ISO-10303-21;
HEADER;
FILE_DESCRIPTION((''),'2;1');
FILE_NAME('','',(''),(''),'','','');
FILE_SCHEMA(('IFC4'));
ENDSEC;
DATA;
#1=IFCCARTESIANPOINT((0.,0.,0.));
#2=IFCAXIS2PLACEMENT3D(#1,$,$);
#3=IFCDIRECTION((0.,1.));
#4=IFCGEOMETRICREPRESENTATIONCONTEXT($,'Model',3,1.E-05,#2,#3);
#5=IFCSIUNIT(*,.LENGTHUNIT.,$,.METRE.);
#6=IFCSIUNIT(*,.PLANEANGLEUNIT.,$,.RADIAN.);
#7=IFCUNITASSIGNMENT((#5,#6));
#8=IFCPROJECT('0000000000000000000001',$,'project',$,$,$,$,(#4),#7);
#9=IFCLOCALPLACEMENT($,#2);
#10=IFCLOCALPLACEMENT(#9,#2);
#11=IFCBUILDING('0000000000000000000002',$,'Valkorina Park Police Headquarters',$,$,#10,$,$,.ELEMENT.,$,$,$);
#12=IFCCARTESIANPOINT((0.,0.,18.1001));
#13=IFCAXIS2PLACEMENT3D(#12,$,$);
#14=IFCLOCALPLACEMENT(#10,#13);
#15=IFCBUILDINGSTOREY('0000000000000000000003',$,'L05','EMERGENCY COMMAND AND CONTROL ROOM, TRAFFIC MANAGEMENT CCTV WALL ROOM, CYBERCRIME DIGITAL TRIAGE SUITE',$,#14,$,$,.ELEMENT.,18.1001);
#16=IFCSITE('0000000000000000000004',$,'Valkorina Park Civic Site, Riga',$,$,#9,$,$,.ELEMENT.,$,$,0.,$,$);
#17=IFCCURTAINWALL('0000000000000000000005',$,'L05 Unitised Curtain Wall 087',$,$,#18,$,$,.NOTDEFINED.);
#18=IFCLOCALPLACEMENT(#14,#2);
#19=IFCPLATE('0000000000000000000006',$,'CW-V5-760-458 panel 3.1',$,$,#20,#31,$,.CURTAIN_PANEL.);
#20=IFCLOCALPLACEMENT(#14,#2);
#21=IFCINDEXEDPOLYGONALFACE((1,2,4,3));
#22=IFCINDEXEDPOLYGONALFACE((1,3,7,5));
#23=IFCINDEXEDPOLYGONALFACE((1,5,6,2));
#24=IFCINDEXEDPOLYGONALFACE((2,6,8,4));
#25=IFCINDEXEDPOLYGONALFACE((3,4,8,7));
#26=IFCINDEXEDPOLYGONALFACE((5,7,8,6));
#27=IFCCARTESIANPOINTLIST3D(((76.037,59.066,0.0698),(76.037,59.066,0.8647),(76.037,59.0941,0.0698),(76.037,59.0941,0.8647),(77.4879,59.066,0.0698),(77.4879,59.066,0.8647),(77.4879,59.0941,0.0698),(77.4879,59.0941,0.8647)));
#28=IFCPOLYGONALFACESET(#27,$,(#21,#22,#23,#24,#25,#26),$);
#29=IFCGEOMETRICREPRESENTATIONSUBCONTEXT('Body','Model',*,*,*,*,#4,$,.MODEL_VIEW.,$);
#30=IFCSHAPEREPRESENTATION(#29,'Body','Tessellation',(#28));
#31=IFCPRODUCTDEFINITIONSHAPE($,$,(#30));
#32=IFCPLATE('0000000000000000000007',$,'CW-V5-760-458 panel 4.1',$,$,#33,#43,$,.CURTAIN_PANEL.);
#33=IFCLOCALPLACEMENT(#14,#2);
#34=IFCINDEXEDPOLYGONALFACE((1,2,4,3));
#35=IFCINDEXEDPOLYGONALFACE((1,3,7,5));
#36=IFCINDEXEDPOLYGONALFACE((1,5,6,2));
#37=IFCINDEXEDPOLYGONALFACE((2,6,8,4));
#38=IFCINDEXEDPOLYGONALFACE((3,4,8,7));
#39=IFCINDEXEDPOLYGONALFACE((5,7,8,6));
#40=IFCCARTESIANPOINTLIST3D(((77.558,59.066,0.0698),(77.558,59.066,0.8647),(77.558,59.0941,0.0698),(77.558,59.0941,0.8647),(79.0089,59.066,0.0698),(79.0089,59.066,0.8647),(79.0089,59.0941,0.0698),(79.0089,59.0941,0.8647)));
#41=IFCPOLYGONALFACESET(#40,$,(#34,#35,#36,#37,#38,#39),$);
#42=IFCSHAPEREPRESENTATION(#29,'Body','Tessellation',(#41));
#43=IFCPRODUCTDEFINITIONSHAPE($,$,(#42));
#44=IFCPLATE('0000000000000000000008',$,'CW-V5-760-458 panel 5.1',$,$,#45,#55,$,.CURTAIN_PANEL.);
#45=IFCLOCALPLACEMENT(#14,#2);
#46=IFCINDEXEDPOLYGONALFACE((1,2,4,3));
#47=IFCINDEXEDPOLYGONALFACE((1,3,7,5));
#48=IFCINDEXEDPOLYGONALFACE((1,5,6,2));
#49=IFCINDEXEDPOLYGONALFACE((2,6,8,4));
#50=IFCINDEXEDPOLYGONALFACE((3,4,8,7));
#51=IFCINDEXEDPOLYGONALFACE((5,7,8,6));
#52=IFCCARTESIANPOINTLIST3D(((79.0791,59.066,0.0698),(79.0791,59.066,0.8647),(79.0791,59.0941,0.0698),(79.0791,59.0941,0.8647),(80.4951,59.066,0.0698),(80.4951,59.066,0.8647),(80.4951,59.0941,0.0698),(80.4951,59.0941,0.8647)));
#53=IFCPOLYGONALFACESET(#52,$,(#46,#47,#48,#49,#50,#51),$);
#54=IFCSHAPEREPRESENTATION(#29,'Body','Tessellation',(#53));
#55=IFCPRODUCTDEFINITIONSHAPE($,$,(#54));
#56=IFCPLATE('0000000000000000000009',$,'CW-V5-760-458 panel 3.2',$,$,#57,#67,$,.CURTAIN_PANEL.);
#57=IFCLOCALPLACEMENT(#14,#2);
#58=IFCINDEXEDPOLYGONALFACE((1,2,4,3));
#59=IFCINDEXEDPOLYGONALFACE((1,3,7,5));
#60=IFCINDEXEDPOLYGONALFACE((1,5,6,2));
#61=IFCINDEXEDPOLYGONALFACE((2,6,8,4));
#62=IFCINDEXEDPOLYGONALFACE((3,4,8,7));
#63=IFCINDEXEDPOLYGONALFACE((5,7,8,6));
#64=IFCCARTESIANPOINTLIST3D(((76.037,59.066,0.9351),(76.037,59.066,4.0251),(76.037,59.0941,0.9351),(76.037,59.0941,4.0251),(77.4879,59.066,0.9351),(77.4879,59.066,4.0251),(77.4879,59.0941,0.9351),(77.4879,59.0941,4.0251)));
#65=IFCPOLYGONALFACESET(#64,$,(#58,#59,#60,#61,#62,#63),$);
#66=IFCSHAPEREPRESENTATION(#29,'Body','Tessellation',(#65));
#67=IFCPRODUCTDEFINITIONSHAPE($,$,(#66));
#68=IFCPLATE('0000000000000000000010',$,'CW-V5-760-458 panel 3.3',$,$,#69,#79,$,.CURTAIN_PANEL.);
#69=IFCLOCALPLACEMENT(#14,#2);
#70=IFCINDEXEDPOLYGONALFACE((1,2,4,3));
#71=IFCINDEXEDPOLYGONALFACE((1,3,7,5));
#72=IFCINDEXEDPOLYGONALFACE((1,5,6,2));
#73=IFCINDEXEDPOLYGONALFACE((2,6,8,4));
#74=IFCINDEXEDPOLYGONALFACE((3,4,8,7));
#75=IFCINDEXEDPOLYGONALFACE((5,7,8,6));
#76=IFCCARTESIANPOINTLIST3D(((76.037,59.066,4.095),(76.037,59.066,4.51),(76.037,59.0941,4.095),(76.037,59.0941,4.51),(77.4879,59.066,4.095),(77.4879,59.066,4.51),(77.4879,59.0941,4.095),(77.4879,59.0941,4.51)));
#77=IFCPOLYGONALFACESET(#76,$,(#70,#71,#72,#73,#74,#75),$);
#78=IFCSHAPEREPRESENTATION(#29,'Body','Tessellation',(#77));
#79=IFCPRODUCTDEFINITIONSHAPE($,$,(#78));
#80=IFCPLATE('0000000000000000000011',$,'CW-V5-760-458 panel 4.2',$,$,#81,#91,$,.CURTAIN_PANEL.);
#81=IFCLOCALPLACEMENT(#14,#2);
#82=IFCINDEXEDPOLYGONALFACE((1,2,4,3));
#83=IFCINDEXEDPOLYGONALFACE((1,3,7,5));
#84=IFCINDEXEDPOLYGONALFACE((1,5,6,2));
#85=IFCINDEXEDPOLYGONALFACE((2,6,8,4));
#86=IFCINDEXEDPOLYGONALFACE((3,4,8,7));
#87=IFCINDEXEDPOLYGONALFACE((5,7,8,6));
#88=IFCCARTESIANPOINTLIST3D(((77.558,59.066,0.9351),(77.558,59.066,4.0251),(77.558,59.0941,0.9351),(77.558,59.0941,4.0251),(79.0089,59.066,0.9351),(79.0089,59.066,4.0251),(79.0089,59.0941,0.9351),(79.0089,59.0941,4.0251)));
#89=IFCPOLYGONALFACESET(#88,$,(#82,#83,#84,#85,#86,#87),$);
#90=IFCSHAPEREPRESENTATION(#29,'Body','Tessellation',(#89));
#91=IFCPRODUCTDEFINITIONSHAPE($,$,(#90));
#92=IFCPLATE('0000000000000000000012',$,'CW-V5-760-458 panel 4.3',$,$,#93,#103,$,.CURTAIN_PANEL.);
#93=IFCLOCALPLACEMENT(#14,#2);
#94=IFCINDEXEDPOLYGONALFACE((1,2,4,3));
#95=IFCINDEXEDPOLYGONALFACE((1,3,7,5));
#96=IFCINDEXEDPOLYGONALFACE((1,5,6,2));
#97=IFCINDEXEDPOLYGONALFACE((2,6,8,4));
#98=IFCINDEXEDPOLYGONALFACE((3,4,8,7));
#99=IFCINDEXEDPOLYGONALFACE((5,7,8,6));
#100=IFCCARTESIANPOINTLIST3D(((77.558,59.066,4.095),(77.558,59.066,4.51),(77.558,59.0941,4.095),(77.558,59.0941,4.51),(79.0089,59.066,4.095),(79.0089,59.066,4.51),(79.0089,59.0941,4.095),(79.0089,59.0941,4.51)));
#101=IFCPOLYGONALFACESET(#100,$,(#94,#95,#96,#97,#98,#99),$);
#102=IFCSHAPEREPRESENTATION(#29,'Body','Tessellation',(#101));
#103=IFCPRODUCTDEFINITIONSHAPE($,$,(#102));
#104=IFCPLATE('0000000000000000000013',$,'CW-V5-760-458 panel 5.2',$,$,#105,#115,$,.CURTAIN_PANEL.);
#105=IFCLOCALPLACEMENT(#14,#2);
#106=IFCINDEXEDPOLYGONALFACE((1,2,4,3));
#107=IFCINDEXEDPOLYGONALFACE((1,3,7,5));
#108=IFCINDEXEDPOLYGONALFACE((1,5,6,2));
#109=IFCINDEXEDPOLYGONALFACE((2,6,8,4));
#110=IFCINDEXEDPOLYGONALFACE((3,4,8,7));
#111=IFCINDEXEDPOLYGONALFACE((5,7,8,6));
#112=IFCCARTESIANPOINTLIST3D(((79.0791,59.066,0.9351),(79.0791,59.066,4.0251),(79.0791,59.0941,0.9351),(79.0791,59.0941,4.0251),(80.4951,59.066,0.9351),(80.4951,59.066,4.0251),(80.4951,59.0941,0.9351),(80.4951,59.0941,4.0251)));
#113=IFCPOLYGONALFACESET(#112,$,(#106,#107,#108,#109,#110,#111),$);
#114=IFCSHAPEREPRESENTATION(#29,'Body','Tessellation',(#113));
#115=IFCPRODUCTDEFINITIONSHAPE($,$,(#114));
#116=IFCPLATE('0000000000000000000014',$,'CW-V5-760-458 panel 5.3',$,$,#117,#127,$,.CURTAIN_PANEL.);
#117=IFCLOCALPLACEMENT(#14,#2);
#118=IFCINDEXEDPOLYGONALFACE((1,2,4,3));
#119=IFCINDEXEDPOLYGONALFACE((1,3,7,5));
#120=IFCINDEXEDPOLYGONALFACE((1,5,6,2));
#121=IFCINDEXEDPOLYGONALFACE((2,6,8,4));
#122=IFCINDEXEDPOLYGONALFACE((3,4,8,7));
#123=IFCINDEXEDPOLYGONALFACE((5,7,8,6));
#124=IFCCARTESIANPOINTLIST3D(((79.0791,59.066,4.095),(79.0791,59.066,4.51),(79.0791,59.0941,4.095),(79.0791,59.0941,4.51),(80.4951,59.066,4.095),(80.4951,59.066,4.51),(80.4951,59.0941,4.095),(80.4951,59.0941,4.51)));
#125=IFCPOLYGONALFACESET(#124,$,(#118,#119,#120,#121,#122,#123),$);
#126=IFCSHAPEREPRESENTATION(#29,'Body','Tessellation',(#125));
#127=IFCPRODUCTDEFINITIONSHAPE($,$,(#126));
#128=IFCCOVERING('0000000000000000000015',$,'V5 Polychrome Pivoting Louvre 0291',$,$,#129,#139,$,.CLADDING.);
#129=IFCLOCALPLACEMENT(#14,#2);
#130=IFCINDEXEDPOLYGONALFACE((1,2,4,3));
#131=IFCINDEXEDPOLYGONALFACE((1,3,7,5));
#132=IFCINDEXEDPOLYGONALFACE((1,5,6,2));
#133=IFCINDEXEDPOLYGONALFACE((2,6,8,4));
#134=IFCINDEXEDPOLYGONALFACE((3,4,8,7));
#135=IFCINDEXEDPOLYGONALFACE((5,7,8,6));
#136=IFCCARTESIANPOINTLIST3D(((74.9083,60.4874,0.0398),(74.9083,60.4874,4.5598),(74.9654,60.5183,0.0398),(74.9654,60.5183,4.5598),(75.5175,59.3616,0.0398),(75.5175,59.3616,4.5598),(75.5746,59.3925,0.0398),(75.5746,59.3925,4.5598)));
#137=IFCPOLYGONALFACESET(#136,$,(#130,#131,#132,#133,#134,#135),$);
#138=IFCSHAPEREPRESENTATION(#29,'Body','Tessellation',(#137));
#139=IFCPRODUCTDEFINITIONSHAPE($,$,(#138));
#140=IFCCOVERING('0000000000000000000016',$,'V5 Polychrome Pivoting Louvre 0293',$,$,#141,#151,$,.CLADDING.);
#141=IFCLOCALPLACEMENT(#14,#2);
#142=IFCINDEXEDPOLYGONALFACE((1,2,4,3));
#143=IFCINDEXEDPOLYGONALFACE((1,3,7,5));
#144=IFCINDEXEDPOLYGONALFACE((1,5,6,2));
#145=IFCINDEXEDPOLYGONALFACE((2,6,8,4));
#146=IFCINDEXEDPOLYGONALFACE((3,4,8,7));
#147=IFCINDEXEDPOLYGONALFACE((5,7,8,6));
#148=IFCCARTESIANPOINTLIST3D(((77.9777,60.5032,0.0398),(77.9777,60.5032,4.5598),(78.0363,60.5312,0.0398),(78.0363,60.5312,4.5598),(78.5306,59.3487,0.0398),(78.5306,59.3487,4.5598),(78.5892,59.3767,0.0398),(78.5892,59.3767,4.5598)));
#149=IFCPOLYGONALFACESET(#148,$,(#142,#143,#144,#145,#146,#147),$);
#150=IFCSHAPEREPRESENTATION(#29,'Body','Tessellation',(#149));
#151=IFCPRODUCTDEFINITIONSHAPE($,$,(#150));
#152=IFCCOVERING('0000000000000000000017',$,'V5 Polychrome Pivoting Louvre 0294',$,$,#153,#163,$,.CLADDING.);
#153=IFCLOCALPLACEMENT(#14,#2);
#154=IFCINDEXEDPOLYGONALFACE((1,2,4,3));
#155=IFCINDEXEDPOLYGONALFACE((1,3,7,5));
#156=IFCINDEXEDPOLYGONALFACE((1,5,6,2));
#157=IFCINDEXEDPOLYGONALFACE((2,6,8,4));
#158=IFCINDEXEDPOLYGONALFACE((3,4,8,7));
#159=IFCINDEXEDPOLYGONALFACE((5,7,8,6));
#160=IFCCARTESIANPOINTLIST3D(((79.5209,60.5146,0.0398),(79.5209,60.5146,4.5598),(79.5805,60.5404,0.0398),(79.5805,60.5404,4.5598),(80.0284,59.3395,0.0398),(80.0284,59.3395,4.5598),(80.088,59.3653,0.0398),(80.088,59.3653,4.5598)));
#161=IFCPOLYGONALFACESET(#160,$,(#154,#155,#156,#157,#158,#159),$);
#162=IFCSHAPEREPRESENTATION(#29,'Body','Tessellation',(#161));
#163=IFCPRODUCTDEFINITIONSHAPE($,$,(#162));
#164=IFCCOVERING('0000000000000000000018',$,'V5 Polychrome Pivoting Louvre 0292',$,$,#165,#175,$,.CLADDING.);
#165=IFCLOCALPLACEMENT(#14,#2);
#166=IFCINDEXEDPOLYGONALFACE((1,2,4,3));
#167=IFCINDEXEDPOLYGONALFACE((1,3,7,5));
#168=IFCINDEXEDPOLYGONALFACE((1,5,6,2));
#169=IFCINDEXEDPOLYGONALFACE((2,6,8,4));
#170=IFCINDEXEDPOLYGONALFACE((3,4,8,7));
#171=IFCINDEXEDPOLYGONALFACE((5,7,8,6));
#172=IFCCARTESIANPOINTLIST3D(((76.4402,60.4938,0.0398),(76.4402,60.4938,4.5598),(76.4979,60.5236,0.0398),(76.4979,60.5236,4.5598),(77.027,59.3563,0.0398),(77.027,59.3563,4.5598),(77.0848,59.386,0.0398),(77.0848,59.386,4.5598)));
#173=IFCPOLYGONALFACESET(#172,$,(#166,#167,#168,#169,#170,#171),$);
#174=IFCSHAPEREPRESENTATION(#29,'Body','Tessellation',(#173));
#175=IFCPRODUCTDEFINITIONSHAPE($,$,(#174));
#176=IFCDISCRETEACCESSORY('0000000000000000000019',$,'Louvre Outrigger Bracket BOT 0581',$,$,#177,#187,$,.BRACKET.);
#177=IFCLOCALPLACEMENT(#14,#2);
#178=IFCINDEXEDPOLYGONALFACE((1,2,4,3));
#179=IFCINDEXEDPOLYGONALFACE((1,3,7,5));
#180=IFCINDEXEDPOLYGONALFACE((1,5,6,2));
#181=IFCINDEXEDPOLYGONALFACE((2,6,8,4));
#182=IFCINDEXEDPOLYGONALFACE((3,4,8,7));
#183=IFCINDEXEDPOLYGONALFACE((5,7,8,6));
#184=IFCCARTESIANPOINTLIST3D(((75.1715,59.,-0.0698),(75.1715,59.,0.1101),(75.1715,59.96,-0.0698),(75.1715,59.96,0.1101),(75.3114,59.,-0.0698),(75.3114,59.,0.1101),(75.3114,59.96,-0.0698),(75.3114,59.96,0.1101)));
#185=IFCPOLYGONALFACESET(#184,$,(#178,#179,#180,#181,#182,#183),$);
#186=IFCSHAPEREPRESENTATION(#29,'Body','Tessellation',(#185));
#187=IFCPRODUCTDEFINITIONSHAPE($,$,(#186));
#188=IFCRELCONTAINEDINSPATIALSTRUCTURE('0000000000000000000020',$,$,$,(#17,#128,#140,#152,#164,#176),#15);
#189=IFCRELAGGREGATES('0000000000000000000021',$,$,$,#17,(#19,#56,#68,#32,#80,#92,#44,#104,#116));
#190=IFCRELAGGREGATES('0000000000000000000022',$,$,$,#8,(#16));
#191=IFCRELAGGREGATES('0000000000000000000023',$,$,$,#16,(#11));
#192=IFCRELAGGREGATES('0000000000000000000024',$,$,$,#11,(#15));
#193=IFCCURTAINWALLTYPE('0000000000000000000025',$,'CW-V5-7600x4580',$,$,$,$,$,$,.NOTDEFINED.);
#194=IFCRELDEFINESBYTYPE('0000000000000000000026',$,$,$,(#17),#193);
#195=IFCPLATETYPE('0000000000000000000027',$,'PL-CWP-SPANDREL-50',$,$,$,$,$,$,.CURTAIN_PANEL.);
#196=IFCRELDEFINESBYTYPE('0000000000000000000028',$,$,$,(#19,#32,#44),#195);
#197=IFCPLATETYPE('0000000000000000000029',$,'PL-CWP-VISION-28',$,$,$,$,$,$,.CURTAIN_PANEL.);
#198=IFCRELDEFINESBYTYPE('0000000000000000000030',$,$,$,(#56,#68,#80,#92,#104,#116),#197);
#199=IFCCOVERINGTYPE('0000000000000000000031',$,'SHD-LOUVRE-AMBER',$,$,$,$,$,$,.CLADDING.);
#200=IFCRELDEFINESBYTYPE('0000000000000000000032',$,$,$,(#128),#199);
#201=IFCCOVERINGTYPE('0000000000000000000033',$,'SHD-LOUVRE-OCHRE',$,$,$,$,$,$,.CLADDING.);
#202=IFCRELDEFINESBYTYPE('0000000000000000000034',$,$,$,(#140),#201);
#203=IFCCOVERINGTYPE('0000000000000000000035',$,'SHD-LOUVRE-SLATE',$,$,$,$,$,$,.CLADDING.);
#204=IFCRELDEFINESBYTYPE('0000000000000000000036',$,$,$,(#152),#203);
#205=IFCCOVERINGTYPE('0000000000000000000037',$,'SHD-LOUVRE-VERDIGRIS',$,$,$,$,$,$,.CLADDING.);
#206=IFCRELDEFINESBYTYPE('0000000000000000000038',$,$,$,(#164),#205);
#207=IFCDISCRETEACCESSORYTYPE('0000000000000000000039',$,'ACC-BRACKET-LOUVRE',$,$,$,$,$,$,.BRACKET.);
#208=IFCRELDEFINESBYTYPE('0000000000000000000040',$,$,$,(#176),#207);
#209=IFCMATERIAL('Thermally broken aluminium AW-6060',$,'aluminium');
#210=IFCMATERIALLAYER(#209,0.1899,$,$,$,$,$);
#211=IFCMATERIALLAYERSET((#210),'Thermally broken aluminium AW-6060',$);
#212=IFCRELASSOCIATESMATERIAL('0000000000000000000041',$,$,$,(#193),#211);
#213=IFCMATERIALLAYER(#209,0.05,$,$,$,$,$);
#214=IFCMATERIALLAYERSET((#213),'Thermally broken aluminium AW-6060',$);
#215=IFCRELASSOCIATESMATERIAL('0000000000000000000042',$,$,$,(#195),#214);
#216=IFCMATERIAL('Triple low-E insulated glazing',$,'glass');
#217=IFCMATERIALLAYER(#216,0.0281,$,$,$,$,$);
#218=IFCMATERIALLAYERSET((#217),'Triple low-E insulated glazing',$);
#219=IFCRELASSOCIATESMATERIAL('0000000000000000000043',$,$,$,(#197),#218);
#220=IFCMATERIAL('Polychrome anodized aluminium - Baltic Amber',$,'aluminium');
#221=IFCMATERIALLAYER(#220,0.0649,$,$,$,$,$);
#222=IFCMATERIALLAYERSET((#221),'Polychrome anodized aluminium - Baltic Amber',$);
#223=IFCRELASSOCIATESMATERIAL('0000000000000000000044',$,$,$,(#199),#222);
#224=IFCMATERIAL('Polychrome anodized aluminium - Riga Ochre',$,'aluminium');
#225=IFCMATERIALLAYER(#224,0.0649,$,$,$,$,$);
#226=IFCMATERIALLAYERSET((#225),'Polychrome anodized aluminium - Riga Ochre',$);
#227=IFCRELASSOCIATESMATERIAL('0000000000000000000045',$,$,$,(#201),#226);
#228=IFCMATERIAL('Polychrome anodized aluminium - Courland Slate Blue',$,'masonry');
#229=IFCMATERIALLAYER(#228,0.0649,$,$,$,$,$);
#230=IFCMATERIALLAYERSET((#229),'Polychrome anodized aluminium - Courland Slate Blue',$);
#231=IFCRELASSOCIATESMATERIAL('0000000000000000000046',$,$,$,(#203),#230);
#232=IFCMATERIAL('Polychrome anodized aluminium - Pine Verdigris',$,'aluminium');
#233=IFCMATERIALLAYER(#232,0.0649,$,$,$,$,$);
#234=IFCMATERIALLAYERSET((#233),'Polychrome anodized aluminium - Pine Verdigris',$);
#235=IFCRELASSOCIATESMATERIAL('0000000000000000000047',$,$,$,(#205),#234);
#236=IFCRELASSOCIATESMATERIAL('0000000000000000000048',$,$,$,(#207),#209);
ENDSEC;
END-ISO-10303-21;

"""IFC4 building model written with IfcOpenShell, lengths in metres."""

from ifc_helpers import new_model, si_unit, direction, frame, origin, origin_2d, place, context, subcontext, project, spatial, rectangle, extrude, material, layer, layer_set, type_object, element, aggregate, save


model = new_model("IFC4")

# Units and contexts
model_context = context("Model", 3, precision=1e-05, world=origin(), true_north=direction((0.0, 1.0)))
body_context = subcontext(model_context, "Body", "Model", "MODEL_VIEW")
ifc_project = project(units=[si_unit("LENGTHUNIT", "METRE"), si_unit("PLANEANGLEUNIT", "RADIAN")], contexts=[model_context])

# Site, building, storey
site_placement = place(None, origin())
site = spatial("IfcSite", under=ifc_project, at=site_placement, Name="Valkorina Park Civic Site, Riga", CompositionType="ELEMENT", RefElevation=0.0)
building_placement = place(site_placement, origin())
building = spatial("IfcBuilding", under=site, at=building_placement, Name="Valkorina Park Police Headquarters", CompositionType="ELEMENT")
storey_placement = place(building_placement, frame((0.0, 0.0, 18.1001)))
storey = spatial("IfcBuildingStorey", under=building, at=storey_placement, Name="L05", Description="EMERGENCY COMMAND AND CONTROL ROOM, TRAFFIC MANAGEMENT CCTV WALL ROOM, CYBERCRIME DIGITAL TRIAGE SUITE", CompositionType="ELEMENT", Elevation=18.1001)

# Curtain wall, plates
ifc_material_1 = material(Name="Thermally broken aluminium AW-6060", Category="aluminium")
ifc_layer_1 = layer(ifc_material_1, 0.1899)
ifc_layer_set_1 = layer_set([ifc_layer_1], Name="Thermally broken aluminium AW-6060")
curtain_wall_type = type_object("IfcCurtainWallType", Name="CW-V5-7600x4580", PredefinedType="NOTDEFINED", material=ifc_layer_set_1)
curtain_wall_placement = place(storey_placement, origin())
curtain_wall = element("IfcCurtainWall", 1, at=curtain_wall_placement, inside=storey, type_object=curtain_wall_type, Name="L05 Unitised Curtain Wall 087", PredefinedType="NOTDEFINED")
ifc_layer_2 = layer(ifc_material_1, 0.05)
ifc_layer_set_2 = layer_set([ifc_layer_2], Name="Thermally broken aluminium AW-6060")
plate_type_1 = type_object("IfcPlateType", Name="PL-CWP-SPANDREL-50", PredefinedType="CURTAIN_PANEL", material=ifc_layer_set_2)
plate_1_placement = place(storey_placement, frame((76.7625, 59.0801, 0.0698), z_axis=(0.0, 0.0, 1.0), x_axis=(1.0, 0.0, 0.0)))
plate_1 = element("IfcPlate", 2, at=plate_1_placement, type_object=plate_type_1, Name="CW-V5-760-458 panel 3.1", PredefinedType="CURTAIN_PANEL", context=body_context, shape_type="SweptSolid", body=[
    extrude(rectangle(XDim=1.4509, YDim=0.0281, at=origin_2d()), origin(), (0.0, 0.0, 1.0), 0.7949),
])
plate_2_placement = place(storey_placement, frame((78.2834, 59.0801, 0.0698), z_axis=(0.0, 0.0, 1.0), x_axis=(1.0, 0.0, 0.0)))
plate_2 = element("IfcPlate", 3, at=plate_2_placement, type_object=plate_type_1, Name="CW-V5-760-458 panel 4.1", PredefinedType="CURTAIN_PANEL", context=body_context, shape_type="SweptSolid", body=[
    extrude(rectangle(XDim=1.4509, YDim=0.0281, at=origin_2d()), origin(), (0.0, 0.0, 1.0), 0.7949),
])
plate_3_placement = place(storey_placement, frame((79.7871, 59.0801, 0.0698), z_axis=(0.0, 0.0, 1.0), x_axis=(1.0, 0.0, 0.0)))
plate_3 = element("IfcPlate", 4, at=plate_3_placement, type_object=plate_type_1, Name="CW-V5-760-458 panel 5.1", PredefinedType="CURTAIN_PANEL", context=body_context, shape_type="SweptSolid", body=[
    extrude(rectangle(XDim=1.416, YDim=0.0281, at=origin_2d()), origin(), (0.0, 0.0, 1.0), 0.7949),
])
ifc_material_2 = material(Name="Triple low-E insulated glazing", Category="glass")
ifc_layer_3 = layer(ifc_material_2, 0.0281)
ifc_layer_set_3 = layer_set([ifc_layer_3], Name="Triple low-E insulated glazing")
plate_type_2 = type_object("IfcPlateType", Name="PL-CWP-VISION-28", PredefinedType="CURTAIN_PANEL", material=ifc_layer_set_3)
plate_4_placement = place(storey_placement, frame((76.7625, 59.0801, 0.9351), z_axis=(0.0, 0.0, 1.0), x_axis=(1.0, 0.0, 0.0)))
plate_4 = element("IfcPlate", 5, at=plate_4_placement, type_object=plate_type_2, Name="CW-V5-760-458 panel 3.2", PredefinedType="CURTAIN_PANEL", context=body_context, shape_type="SweptSolid", body=[
    extrude(rectangle(XDim=1.4509, YDim=0.0281, at=origin_2d()), origin(), (0.0, 0.0, 1.0), 3.0901),
])
plate_5_placement = place(storey_placement, frame((76.7625, 59.0801, 4.095), z_axis=(0.0, 0.0, 1.0), x_axis=(1.0, 0.0, 0.0)))
plate_5 = element("IfcPlate", 6, at=plate_5_placement, type_object=plate_type_2, Name="CW-V5-760-458 panel 3.3", PredefinedType="CURTAIN_PANEL", context=body_context, shape_type="SweptSolid", body=[
    extrude(rectangle(XDim=1.4509, YDim=0.0281, at=origin_2d()), origin(), (0.0, 0.0, 1.0), 0.415),
])
plate_6_placement = place(storey_placement, frame((78.2834, 59.0801, 0.9351), z_axis=(0.0, 0.0, 1.0), x_axis=(1.0, 0.0, 0.0)))
plate_6 = element("IfcPlate", 7, at=plate_6_placement, type_object=plate_type_2, Name="CW-V5-760-458 panel 4.2", PredefinedType="CURTAIN_PANEL", context=body_context, shape_type="SweptSolid", body=[
    extrude(rectangle(XDim=1.4509, YDim=0.0281, at=origin_2d()), origin(), (0.0, 0.0, 1.0), 3.0901),
])
plate_7_placement = place(storey_placement, frame((78.2834, 59.0801, 4.095), z_axis=(0.0, 0.0, 1.0), x_axis=(1.0, 0.0, 0.0)))
plate_7 = element("IfcPlate", 8, at=plate_7_placement, type_object=plate_type_2, Name="CW-V5-760-458 panel 4.3", PredefinedType="CURTAIN_PANEL", context=body_context, shape_type="SweptSolid", body=[
    extrude(rectangle(XDim=1.4509, YDim=0.0281, at=origin_2d()), origin(), (0.0, 0.0, 1.0), 0.415),
])
plate_8_placement = place(storey_placement, frame((79.7871, 59.0801, 0.9351), z_axis=(0.0, 0.0, 1.0), x_axis=(1.0, 0.0, 0.0)))
plate_8 = element("IfcPlate", 9, at=plate_8_placement, type_object=plate_type_2, Name="CW-V5-760-458 panel 5.2", PredefinedType="CURTAIN_PANEL", context=body_context, shape_type="SweptSolid", body=[
    extrude(rectangle(XDim=1.416, YDim=0.0281, at=origin_2d()), origin(), (0.0, 0.0, 1.0), 3.0901),
])
plate_9_placement = place(storey_placement, frame((79.7871, 59.0801, 4.095), z_axis=(0.0, 0.0, 1.0), x_axis=(1.0, 0.0, 0.0)))
plate_9 = element("IfcPlate", 10, at=plate_9_placement, type_object=plate_type_2, Name="CW-V5-760-458 panel 5.3", PredefinedType="CURTAIN_PANEL", context=body_context, shape_type="SweptSolid", body=[
    extrude(rectangle(XDim=1.416, YDim=0.0281, at=origin_2d()), origin(), (0.0, 0.0, 1.0), 0.415),
])
aggregate(curtain_wall, [plate_1, plate_4, plate_5, plate_2, plate_6, plate_7, plate_3, plate_8, plate_9])

# Coverings
ifc_material_3 = material(Name="Polychrome anodized aluminium - Baltic Amber", Category="aluminium")
ifc_layer_4 = layer(ifc_material_3, 0.0649)
ifc_layer_set_4 = layer_set([ifc_layer_4], Name="Polychrome anodized aluminium - Baltic Amber")
covering_type_1 = type_object("IfcCoveringType", Name="SHD-LOUVRE-AMBER", PredefinedType="CLADDING", material=ifc_layer_set_4)
covering_1_placement = place(storey_placement, frame((75.2415, 59.9399, 0.0398), z_axis=(0.0, 0.0, 1.0), x_axis=(-0.475931, 0.879482, 0.0)))
element("IfcCovering", 11, at=covering_1_placement, inside=storey, type_object=covering_type_1, Name="V5 Polychrome Pivoting Louvre 0291", PredefinedType="CLADDING", context=body_context, shape_type="SweptSolid", body=[
    extrude(rectangle(XDim=1.28, YDim=0.0649, at=origin_2d()), origin(), (0.0, 0.0, 1.0), 4.52),
])
ifc_material_4 = material(Name="Polychrome anodized aluminium - Riga Ochre", Category="aluminium")
ifc_layer_5 = layer(ifc_material_4, 0.0649)
ifc_layer_set_5 = layer_set([ifc_layer_5], Name="Polychrome anodized aluminium - Riga Ochre")
covering_type_2 = type_object("IfcCoveringType", Name="SHD-LOUVRE-OCHRE", PredefinedType="CLADDING", material=ifc_layer_set_5)
covering_2_placement = place(storey_placement, frame((78.2834, 59.9399, 0.0398), z_axis=(0.0, 0.0, 1.0), x_axis=(-0.431928, 0.901908, 0.0)))
element("IfcCovering", 12, at=covering_2_placement, inside=storey, type_object=covering_type_2, Name="V5 Polychrome Pivoting Louvre 0293", PredefinedType="CLADDING", context=body_context, shape_type="SweptSolid", body=[
    extrude(rectangle(XDim=1.28, YDim=0.0649, at=origin_2d()), origin(), (0.0, 0.0, 1.0), 4.52),
])
ifc_material_5 = material(Name="Polychrome anodized aluminium - Courland Slate Blue", Category="masonry")
ifc_layer_6 = layer(ifc_material_5, 0.0649)
ifc_layer_set_6 = layer_set([ifc_layer_6], Name="Polychrome anodized aluminium - Courland Slate Blue")
covering_type_3 = type_object("IfcCoveringType", Name="SHD-LOUVRE-SLATE", PredefinedType="CLADDING", material=ifc_layer_set_6)
covering_3_placement = place(storey_placement, frame((79.8044, 59.9399, 0.0398), z_axis=(0.0, 0.0, 1.0), x_axis=(-0.396507, 0.918032, 0.0)))
element("IfcCovering", 13, at=covering_3_placement, inside=storey, type_object=covering_type_3, Name="V5 Polychrome Pivoting Louvre 0294", PredefinedType="CLADDING", context=body_context, shape_type="SweptSolid", body=[
    extrude(rectangle(XDim=1.28, YDim=0.0649, at=origin_2d()), origin(), (0.0, 0.0, 1.0), 4.52),
])
ifc_material_6 = material(Name="Polychrome anodized aluminium - Pine Verdigris", Category="aluminium")
ifc_layer_7 = layer(ifc_material_6, 0.0649)
ifc_layer_set_7 = layer_set([ifc_layer_7], Name="Polychrome anodized aluminium - Pine Verdigris")
covering_type_4 = type_object("IfcCoveringType", Name="SHD-LOUVRE-VERDIGRIS", PredefinedType="CLADDING", material=ifc_layer_set_7)
covering_4_placement = place(storey_placement, frame((76.7625, 59.9399, 0.0398), z_axis=(0.0, 0.0, 1.0), x_axis=(-0.458494, 0.888697, 0.0)))
element("IfcCovering", 14, at=covering_4_placement, inside=storey, type_object=covering_type_4, Name="V5 Polychrome Pivoting Louvre 0292", PredefinedType="CLADDING", context=body_context, shape_type="SweptSolid", body=[
    extrude(rectangle(XDim=1.28, YDim=0.0649, at=origin_2d()), origin(), (0.0, 0.0, 1.0), 4.52),
])

# Discrete accessory
discrete_accessory_type = type_object("IfcDiscreteAccessoryType", Name="ACC-BRACKET-LOUVRE", PredefinedType="BRACKET", material=ifc_material_1)
for number, where, z_axis, x_axis, name in (
    (15, (75.2415, 59.48, -0.0698), (0.0, 0.0, 1.0), (0.0, 1.0, 0.0), "Louvre Outrigger Bracket BOT 0581"),
):
    element("IfcDiscreteAccessory", number, at=place(storey_placement, frame(where, z_axis=z_axis, x_axis=x_axis)), inside=storey, type_object=discrete_accessory_type, Name=name, PredefinedType="BRACKET", context=body_context, shape_type="SweptSolid", body=[
        extrude(rectangle(XDim=0.96, YDim=0.1399, at=origin_2d()), origin(), (0.0, 0.0, 1.0), 0.1799),
    ])

save(model, "model.ifc")
